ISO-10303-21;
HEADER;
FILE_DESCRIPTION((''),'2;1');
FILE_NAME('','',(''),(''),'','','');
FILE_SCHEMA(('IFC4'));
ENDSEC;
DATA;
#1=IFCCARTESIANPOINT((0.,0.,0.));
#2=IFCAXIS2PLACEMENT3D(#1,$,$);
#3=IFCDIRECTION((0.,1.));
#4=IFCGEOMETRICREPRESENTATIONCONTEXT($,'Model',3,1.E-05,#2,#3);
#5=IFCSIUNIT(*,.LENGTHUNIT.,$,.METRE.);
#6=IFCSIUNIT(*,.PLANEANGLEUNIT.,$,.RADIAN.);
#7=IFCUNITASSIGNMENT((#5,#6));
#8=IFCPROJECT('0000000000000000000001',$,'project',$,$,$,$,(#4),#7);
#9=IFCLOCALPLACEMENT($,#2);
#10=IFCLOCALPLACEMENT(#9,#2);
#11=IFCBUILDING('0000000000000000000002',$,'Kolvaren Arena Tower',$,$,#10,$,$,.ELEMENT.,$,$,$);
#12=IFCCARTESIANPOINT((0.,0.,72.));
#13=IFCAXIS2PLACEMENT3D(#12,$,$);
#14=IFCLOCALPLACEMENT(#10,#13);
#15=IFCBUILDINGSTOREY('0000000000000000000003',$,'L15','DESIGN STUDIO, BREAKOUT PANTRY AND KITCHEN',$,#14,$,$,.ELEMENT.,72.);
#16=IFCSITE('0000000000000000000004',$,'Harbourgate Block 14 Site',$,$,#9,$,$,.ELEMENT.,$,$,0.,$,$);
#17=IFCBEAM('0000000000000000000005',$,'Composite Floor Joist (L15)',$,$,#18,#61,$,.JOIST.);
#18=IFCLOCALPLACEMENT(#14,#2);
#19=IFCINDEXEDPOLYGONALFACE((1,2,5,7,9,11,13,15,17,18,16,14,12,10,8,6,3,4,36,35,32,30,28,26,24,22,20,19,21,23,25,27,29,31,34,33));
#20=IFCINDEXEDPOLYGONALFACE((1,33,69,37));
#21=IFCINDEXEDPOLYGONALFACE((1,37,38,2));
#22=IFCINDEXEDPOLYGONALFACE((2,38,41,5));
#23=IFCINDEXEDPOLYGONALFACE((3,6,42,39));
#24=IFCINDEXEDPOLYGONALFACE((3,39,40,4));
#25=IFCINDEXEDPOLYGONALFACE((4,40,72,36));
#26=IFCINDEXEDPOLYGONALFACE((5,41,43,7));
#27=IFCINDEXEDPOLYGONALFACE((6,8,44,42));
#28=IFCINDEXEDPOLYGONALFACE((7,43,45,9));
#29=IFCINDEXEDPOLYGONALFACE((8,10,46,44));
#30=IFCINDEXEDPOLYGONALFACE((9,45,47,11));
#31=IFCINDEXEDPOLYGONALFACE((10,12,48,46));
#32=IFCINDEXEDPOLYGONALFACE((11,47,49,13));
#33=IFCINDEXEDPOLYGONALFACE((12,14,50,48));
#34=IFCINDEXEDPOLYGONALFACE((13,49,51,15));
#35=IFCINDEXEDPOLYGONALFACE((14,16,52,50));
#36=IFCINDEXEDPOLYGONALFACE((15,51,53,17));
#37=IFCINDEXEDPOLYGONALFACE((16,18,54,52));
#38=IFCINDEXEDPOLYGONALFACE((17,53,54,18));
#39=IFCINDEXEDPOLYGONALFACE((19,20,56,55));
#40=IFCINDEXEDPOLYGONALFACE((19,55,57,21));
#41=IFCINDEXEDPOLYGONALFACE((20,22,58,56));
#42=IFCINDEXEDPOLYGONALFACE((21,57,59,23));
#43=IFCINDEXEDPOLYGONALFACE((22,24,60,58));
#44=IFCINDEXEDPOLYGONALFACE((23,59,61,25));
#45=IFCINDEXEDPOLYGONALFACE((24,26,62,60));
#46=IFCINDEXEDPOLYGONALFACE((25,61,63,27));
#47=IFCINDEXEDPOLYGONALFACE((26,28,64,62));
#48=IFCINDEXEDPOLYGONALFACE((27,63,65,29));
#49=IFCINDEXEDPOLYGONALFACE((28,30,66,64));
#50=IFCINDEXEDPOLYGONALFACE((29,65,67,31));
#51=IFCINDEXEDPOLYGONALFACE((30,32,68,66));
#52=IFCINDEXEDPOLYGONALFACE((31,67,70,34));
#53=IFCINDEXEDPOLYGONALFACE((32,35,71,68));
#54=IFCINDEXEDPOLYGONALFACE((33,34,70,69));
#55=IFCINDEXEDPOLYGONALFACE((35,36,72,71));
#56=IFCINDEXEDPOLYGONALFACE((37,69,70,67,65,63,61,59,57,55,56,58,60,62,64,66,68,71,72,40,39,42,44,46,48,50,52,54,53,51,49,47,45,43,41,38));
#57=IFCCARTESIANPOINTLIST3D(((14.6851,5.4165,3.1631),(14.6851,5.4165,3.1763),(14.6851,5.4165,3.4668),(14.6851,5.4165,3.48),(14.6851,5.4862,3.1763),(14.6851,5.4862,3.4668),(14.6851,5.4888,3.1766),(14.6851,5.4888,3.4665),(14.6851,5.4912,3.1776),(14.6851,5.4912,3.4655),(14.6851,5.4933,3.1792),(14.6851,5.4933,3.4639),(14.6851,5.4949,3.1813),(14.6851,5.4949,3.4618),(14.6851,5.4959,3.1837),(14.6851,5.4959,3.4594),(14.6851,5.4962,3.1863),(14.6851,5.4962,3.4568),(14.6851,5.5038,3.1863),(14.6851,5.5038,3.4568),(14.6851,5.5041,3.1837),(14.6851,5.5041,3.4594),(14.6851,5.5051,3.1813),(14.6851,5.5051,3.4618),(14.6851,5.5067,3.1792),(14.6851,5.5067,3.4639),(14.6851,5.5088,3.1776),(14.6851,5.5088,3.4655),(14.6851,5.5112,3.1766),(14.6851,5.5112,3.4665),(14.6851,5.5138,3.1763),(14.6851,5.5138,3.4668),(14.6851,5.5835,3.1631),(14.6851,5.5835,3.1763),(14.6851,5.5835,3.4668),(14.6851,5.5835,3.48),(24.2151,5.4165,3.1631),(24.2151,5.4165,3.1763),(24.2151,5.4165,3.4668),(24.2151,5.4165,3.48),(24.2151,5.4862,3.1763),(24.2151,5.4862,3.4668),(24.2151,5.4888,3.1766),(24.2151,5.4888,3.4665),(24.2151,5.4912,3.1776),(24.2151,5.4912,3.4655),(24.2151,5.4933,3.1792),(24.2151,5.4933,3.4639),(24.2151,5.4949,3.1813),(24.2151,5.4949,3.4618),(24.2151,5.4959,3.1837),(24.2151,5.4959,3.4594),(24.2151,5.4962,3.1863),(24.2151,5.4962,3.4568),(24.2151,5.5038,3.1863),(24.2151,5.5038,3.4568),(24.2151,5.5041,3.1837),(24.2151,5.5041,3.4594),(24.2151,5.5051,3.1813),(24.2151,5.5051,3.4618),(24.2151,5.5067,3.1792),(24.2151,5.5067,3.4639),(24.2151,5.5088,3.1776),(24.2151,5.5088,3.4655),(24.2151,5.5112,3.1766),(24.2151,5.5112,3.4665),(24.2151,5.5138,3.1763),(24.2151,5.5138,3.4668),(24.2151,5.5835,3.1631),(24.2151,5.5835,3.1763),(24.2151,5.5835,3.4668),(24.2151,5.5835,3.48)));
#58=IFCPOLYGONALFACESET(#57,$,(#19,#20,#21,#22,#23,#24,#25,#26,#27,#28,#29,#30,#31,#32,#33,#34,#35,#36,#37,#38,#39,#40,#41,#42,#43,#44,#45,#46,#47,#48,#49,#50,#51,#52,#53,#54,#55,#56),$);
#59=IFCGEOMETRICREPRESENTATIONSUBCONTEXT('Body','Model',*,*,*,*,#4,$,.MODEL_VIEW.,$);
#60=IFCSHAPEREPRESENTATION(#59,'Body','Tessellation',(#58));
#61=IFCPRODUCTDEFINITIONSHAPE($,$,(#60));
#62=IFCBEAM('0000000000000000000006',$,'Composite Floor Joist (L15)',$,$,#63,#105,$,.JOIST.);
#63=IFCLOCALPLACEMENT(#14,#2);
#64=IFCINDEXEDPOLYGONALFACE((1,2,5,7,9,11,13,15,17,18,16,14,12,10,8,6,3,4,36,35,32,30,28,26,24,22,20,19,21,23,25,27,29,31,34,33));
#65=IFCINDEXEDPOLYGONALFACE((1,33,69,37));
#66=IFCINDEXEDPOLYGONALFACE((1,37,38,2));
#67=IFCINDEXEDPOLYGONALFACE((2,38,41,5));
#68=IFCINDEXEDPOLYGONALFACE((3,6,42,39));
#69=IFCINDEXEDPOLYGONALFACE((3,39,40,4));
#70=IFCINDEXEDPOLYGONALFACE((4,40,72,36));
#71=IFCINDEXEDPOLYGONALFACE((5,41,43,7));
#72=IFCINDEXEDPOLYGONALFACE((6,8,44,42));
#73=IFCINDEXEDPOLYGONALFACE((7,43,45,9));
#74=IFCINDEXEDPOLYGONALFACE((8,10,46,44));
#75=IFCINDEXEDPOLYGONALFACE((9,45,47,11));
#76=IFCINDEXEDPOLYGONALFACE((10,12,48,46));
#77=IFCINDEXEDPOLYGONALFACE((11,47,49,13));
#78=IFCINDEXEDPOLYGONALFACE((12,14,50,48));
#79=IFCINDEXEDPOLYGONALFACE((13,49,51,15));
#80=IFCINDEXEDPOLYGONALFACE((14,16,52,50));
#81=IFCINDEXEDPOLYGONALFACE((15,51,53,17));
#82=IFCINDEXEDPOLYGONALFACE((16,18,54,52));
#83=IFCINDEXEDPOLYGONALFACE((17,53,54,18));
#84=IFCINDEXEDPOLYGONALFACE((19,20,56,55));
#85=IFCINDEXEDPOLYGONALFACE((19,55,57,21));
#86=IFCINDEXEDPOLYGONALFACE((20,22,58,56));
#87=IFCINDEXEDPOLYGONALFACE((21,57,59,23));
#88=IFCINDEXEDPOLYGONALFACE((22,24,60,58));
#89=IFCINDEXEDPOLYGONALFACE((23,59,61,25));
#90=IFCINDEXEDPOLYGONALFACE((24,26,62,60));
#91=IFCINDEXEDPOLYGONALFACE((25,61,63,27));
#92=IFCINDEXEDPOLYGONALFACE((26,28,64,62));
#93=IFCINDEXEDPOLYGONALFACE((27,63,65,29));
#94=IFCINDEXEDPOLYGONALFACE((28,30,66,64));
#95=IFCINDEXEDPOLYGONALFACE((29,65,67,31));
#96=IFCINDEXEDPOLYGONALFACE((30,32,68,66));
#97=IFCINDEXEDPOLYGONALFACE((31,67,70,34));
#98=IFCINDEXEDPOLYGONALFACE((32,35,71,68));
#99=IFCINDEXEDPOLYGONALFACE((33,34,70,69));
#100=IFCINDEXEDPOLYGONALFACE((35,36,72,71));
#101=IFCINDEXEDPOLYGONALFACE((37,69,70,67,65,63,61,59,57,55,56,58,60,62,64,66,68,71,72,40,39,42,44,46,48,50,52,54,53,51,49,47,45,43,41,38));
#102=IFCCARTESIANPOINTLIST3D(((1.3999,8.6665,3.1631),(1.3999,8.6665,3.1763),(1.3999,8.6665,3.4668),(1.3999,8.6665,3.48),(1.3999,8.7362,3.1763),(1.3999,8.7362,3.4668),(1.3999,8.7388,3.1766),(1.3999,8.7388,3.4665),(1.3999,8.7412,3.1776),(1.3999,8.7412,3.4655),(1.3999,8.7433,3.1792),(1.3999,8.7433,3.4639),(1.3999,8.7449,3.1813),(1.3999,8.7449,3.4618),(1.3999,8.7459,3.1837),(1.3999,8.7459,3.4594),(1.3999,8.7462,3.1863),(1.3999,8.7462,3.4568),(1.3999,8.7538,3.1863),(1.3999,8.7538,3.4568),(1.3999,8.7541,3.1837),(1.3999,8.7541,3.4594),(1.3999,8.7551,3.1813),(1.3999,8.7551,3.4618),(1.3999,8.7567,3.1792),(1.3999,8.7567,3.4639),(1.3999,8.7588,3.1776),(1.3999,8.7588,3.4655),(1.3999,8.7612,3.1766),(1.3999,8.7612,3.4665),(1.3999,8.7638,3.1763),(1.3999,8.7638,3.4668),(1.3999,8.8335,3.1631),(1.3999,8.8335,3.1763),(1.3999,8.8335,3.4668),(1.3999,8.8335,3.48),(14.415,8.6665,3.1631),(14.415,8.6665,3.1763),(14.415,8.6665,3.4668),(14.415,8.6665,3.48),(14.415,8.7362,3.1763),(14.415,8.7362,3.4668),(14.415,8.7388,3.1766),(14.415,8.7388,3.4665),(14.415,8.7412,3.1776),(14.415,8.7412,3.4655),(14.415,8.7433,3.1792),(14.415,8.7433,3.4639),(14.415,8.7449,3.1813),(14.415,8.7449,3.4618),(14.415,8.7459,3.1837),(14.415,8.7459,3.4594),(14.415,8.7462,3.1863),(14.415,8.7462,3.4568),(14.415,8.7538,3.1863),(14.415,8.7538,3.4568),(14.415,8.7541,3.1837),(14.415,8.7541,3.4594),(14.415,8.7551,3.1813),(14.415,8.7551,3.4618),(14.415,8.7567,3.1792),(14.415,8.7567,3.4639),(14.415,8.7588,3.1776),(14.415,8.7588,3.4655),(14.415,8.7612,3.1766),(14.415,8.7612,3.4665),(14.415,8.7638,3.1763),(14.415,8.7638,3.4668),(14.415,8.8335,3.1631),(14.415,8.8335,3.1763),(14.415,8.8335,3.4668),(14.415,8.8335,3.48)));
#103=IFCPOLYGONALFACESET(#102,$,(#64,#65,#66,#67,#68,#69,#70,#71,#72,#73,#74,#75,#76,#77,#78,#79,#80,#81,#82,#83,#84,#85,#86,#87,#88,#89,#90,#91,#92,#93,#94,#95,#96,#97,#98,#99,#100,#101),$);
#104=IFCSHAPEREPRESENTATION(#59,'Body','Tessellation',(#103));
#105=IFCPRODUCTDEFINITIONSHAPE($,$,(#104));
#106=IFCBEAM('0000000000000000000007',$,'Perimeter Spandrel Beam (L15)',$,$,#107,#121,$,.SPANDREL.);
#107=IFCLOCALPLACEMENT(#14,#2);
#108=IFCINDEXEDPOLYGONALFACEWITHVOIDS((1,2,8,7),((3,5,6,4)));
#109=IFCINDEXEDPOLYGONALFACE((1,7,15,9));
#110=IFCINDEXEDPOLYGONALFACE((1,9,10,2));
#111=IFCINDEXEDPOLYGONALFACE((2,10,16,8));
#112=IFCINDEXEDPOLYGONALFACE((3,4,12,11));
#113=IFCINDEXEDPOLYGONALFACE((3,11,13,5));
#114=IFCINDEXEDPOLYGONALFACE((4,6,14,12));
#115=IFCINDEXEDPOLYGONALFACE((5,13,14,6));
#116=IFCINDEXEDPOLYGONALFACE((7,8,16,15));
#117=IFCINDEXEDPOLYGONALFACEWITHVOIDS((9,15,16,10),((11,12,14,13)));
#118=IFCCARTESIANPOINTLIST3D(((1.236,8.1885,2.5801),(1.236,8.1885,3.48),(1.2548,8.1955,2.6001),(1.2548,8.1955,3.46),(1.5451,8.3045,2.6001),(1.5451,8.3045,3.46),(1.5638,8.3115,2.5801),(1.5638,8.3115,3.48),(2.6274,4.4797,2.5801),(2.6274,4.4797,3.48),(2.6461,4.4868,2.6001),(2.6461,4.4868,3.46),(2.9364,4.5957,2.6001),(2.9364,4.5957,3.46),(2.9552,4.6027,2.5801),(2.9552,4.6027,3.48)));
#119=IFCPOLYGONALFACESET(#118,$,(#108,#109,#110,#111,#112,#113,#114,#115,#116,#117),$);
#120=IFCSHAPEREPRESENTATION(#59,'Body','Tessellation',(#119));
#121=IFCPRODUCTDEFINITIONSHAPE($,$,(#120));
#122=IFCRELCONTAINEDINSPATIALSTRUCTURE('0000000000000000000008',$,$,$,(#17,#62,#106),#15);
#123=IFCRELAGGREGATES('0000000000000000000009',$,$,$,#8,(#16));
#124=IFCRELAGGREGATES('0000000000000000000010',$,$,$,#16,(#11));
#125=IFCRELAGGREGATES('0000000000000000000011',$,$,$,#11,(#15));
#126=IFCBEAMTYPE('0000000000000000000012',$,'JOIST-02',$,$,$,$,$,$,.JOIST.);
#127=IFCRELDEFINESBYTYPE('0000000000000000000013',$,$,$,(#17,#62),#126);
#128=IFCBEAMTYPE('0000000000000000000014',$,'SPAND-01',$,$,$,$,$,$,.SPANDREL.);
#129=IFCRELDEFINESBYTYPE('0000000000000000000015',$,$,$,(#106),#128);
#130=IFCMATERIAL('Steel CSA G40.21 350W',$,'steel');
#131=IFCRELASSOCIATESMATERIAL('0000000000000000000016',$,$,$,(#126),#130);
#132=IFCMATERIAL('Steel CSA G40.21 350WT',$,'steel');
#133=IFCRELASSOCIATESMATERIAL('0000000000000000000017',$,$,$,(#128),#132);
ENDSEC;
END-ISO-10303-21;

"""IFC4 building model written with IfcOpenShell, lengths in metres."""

from ifc_helpers import new_model, si_unit, direction, frame, origin, origin_2d, place, context, subcontext, project, spatial, hollow_rectangle, i_section, extrude, material, material_profile, profile_set, type_object, element, save


model = new_model("IFC4")

# Units and contexts
model_context = context("Model", 3, precision=1e-05, world=origin(), true_north=direction((0.0, 1.0)))
body_context = subcontext(model_context, "Body", "Model", "MODEL_VIEW")
ifc_project = project(units=[si_unit("LENGTHUNIT", "METRE"), si_unit("PLANEANGLEUNIT", "RADIAN")], contexts=[model_context])

# Site, building, storey
site_placement = place(None, origin())
site = spatial("IfcSite", under=ifc_project, at=site_placement, Name="Harbourgate Block 14 Site", CompositionType="ELEMENT", RefElevation=0.0)
building_placement = place(site_placement, origin())
building = spatial("IfcBuilding", under=site, at=building_placement, Name="Kolvaren Arena Tower", CompositionType="ELEMENT")
storey_placement = place(building_placement, frame((0.0, 0.0, 72.0)))
storey = spatial("IfcBuildingStorey", under=building, at=storey_placement, Name="L15", Description="DESIGN STUDIO, BREAKOUT PANTRY AND KITCHEN", CompositionType="ELEMENT", Elevation=72.0)

# Beams
ifc_material_1 = material(Name="Steel CSA G40.21 350W", Category="steel")
ifc_material_profile_1 = material_profile(ifc_material_1, i_section(OverallWidth=0.167, OverallDepth=0.3169, WebThickness=0.0076, FlangeThickness=0.0132, FilletRadius=0.01, at=origin_2d()), Name="W310x52")
ifc_profile_set_1 = profile_set([ifc_material_profile_1], Name="Steel CSA G40.21 350W")
beam_type_1 = type_object("IfcBeamType", Name="JOIST-02", PredefinedType="JOIST", material=ifc_profile_set_1)
beam_1_placement = place(storey_placement, frame((14.6851, 5.5, 3.3215), z_axis=(1.0, 0.0, 0.0), x_axis=(0.0, 1.0, 0.0)))
element("IfcBeam", 1, at=beam_1_placement, inside=storey, type_object=beam_type_1, Name="Composite Floor Joist (L15)", PredefinedType="JOIST", context=body_context, shape_type="SweptSolid", body=[
    extrude(i_section(OverallWidth=0.167, OverallDepth=0.3169, WebThickness=0.0076, FlangeThickness=0.0132, FilletRadius=0.01, at=origin_2d()), origin(), (0.0, 0.0, 1.0), 9.53),
])
beam_2_placement = place(storey_placement, frame((1.3999, 8.75, 3.3215), z_axis=(1.0, 0.0, 0.0), x_axis=(0.0, 1.0, 0.0)))
element("IfcBeam", 2, at=beam_2_placement, inside=storey, type_object=beam_type_1, Name="Composite Floor Joist (L15)", PredefinedType="JOIST", context=body_context, shape_type="SweptSolid", body=[
    extrude(i_section(OverallWidth=0.167, OverallDepth=0.3169, WebThickness=0.0076, FlangeThickness=0.0132, FilletRadius=0.01, at=origin_2d()), origin(), (0.0, 0.0, 1.0), 13.0151),
])
ifc_material_2 = material(Name="Steel CSA G40.21 350WT", Category="steel")
ifc_material_profile_2 = material_profile(ifc_material_2, hollow_rectangle(XDim=0.3501, YDim=0.8999, WallThickness=0.02, at=origin_2d()), Name="HSS 900x350x20")
ifc_profile_set_2 = profile_set([ifc_material_profile_2], Name="Steel CSA G40.21 350WT")
beam_type_2 = type_object("IfcBeamType", Name="SPAND-01", PredefinedType="SPANDREL", material=ifc_profile_set_2)
beam_3_placement = place(storey_placement, frame((1.3999, 8.25, 3.03), z_axis=(0.351252, -0.936281, 0.0), x_axis=(0.936281, 0.351252, 0.0)))
element("IfcBeam", 3, at=beam_3_placement, inside=storey, type_object=beam_type_2, Name="Perimeter Spandrel Beam (L15)", PredefinedType="SPANDREL", context=body_context, shape_type="SweptSolid", body=[
    extrude(hollow_rectangle(XDim=0.3501, YDim=0.8999, WallThickness=0.02, at=origin_2d()), origin(), (0.0, 0.0, 1.0), 3.9612),
])

save(model, "model.ifc")
